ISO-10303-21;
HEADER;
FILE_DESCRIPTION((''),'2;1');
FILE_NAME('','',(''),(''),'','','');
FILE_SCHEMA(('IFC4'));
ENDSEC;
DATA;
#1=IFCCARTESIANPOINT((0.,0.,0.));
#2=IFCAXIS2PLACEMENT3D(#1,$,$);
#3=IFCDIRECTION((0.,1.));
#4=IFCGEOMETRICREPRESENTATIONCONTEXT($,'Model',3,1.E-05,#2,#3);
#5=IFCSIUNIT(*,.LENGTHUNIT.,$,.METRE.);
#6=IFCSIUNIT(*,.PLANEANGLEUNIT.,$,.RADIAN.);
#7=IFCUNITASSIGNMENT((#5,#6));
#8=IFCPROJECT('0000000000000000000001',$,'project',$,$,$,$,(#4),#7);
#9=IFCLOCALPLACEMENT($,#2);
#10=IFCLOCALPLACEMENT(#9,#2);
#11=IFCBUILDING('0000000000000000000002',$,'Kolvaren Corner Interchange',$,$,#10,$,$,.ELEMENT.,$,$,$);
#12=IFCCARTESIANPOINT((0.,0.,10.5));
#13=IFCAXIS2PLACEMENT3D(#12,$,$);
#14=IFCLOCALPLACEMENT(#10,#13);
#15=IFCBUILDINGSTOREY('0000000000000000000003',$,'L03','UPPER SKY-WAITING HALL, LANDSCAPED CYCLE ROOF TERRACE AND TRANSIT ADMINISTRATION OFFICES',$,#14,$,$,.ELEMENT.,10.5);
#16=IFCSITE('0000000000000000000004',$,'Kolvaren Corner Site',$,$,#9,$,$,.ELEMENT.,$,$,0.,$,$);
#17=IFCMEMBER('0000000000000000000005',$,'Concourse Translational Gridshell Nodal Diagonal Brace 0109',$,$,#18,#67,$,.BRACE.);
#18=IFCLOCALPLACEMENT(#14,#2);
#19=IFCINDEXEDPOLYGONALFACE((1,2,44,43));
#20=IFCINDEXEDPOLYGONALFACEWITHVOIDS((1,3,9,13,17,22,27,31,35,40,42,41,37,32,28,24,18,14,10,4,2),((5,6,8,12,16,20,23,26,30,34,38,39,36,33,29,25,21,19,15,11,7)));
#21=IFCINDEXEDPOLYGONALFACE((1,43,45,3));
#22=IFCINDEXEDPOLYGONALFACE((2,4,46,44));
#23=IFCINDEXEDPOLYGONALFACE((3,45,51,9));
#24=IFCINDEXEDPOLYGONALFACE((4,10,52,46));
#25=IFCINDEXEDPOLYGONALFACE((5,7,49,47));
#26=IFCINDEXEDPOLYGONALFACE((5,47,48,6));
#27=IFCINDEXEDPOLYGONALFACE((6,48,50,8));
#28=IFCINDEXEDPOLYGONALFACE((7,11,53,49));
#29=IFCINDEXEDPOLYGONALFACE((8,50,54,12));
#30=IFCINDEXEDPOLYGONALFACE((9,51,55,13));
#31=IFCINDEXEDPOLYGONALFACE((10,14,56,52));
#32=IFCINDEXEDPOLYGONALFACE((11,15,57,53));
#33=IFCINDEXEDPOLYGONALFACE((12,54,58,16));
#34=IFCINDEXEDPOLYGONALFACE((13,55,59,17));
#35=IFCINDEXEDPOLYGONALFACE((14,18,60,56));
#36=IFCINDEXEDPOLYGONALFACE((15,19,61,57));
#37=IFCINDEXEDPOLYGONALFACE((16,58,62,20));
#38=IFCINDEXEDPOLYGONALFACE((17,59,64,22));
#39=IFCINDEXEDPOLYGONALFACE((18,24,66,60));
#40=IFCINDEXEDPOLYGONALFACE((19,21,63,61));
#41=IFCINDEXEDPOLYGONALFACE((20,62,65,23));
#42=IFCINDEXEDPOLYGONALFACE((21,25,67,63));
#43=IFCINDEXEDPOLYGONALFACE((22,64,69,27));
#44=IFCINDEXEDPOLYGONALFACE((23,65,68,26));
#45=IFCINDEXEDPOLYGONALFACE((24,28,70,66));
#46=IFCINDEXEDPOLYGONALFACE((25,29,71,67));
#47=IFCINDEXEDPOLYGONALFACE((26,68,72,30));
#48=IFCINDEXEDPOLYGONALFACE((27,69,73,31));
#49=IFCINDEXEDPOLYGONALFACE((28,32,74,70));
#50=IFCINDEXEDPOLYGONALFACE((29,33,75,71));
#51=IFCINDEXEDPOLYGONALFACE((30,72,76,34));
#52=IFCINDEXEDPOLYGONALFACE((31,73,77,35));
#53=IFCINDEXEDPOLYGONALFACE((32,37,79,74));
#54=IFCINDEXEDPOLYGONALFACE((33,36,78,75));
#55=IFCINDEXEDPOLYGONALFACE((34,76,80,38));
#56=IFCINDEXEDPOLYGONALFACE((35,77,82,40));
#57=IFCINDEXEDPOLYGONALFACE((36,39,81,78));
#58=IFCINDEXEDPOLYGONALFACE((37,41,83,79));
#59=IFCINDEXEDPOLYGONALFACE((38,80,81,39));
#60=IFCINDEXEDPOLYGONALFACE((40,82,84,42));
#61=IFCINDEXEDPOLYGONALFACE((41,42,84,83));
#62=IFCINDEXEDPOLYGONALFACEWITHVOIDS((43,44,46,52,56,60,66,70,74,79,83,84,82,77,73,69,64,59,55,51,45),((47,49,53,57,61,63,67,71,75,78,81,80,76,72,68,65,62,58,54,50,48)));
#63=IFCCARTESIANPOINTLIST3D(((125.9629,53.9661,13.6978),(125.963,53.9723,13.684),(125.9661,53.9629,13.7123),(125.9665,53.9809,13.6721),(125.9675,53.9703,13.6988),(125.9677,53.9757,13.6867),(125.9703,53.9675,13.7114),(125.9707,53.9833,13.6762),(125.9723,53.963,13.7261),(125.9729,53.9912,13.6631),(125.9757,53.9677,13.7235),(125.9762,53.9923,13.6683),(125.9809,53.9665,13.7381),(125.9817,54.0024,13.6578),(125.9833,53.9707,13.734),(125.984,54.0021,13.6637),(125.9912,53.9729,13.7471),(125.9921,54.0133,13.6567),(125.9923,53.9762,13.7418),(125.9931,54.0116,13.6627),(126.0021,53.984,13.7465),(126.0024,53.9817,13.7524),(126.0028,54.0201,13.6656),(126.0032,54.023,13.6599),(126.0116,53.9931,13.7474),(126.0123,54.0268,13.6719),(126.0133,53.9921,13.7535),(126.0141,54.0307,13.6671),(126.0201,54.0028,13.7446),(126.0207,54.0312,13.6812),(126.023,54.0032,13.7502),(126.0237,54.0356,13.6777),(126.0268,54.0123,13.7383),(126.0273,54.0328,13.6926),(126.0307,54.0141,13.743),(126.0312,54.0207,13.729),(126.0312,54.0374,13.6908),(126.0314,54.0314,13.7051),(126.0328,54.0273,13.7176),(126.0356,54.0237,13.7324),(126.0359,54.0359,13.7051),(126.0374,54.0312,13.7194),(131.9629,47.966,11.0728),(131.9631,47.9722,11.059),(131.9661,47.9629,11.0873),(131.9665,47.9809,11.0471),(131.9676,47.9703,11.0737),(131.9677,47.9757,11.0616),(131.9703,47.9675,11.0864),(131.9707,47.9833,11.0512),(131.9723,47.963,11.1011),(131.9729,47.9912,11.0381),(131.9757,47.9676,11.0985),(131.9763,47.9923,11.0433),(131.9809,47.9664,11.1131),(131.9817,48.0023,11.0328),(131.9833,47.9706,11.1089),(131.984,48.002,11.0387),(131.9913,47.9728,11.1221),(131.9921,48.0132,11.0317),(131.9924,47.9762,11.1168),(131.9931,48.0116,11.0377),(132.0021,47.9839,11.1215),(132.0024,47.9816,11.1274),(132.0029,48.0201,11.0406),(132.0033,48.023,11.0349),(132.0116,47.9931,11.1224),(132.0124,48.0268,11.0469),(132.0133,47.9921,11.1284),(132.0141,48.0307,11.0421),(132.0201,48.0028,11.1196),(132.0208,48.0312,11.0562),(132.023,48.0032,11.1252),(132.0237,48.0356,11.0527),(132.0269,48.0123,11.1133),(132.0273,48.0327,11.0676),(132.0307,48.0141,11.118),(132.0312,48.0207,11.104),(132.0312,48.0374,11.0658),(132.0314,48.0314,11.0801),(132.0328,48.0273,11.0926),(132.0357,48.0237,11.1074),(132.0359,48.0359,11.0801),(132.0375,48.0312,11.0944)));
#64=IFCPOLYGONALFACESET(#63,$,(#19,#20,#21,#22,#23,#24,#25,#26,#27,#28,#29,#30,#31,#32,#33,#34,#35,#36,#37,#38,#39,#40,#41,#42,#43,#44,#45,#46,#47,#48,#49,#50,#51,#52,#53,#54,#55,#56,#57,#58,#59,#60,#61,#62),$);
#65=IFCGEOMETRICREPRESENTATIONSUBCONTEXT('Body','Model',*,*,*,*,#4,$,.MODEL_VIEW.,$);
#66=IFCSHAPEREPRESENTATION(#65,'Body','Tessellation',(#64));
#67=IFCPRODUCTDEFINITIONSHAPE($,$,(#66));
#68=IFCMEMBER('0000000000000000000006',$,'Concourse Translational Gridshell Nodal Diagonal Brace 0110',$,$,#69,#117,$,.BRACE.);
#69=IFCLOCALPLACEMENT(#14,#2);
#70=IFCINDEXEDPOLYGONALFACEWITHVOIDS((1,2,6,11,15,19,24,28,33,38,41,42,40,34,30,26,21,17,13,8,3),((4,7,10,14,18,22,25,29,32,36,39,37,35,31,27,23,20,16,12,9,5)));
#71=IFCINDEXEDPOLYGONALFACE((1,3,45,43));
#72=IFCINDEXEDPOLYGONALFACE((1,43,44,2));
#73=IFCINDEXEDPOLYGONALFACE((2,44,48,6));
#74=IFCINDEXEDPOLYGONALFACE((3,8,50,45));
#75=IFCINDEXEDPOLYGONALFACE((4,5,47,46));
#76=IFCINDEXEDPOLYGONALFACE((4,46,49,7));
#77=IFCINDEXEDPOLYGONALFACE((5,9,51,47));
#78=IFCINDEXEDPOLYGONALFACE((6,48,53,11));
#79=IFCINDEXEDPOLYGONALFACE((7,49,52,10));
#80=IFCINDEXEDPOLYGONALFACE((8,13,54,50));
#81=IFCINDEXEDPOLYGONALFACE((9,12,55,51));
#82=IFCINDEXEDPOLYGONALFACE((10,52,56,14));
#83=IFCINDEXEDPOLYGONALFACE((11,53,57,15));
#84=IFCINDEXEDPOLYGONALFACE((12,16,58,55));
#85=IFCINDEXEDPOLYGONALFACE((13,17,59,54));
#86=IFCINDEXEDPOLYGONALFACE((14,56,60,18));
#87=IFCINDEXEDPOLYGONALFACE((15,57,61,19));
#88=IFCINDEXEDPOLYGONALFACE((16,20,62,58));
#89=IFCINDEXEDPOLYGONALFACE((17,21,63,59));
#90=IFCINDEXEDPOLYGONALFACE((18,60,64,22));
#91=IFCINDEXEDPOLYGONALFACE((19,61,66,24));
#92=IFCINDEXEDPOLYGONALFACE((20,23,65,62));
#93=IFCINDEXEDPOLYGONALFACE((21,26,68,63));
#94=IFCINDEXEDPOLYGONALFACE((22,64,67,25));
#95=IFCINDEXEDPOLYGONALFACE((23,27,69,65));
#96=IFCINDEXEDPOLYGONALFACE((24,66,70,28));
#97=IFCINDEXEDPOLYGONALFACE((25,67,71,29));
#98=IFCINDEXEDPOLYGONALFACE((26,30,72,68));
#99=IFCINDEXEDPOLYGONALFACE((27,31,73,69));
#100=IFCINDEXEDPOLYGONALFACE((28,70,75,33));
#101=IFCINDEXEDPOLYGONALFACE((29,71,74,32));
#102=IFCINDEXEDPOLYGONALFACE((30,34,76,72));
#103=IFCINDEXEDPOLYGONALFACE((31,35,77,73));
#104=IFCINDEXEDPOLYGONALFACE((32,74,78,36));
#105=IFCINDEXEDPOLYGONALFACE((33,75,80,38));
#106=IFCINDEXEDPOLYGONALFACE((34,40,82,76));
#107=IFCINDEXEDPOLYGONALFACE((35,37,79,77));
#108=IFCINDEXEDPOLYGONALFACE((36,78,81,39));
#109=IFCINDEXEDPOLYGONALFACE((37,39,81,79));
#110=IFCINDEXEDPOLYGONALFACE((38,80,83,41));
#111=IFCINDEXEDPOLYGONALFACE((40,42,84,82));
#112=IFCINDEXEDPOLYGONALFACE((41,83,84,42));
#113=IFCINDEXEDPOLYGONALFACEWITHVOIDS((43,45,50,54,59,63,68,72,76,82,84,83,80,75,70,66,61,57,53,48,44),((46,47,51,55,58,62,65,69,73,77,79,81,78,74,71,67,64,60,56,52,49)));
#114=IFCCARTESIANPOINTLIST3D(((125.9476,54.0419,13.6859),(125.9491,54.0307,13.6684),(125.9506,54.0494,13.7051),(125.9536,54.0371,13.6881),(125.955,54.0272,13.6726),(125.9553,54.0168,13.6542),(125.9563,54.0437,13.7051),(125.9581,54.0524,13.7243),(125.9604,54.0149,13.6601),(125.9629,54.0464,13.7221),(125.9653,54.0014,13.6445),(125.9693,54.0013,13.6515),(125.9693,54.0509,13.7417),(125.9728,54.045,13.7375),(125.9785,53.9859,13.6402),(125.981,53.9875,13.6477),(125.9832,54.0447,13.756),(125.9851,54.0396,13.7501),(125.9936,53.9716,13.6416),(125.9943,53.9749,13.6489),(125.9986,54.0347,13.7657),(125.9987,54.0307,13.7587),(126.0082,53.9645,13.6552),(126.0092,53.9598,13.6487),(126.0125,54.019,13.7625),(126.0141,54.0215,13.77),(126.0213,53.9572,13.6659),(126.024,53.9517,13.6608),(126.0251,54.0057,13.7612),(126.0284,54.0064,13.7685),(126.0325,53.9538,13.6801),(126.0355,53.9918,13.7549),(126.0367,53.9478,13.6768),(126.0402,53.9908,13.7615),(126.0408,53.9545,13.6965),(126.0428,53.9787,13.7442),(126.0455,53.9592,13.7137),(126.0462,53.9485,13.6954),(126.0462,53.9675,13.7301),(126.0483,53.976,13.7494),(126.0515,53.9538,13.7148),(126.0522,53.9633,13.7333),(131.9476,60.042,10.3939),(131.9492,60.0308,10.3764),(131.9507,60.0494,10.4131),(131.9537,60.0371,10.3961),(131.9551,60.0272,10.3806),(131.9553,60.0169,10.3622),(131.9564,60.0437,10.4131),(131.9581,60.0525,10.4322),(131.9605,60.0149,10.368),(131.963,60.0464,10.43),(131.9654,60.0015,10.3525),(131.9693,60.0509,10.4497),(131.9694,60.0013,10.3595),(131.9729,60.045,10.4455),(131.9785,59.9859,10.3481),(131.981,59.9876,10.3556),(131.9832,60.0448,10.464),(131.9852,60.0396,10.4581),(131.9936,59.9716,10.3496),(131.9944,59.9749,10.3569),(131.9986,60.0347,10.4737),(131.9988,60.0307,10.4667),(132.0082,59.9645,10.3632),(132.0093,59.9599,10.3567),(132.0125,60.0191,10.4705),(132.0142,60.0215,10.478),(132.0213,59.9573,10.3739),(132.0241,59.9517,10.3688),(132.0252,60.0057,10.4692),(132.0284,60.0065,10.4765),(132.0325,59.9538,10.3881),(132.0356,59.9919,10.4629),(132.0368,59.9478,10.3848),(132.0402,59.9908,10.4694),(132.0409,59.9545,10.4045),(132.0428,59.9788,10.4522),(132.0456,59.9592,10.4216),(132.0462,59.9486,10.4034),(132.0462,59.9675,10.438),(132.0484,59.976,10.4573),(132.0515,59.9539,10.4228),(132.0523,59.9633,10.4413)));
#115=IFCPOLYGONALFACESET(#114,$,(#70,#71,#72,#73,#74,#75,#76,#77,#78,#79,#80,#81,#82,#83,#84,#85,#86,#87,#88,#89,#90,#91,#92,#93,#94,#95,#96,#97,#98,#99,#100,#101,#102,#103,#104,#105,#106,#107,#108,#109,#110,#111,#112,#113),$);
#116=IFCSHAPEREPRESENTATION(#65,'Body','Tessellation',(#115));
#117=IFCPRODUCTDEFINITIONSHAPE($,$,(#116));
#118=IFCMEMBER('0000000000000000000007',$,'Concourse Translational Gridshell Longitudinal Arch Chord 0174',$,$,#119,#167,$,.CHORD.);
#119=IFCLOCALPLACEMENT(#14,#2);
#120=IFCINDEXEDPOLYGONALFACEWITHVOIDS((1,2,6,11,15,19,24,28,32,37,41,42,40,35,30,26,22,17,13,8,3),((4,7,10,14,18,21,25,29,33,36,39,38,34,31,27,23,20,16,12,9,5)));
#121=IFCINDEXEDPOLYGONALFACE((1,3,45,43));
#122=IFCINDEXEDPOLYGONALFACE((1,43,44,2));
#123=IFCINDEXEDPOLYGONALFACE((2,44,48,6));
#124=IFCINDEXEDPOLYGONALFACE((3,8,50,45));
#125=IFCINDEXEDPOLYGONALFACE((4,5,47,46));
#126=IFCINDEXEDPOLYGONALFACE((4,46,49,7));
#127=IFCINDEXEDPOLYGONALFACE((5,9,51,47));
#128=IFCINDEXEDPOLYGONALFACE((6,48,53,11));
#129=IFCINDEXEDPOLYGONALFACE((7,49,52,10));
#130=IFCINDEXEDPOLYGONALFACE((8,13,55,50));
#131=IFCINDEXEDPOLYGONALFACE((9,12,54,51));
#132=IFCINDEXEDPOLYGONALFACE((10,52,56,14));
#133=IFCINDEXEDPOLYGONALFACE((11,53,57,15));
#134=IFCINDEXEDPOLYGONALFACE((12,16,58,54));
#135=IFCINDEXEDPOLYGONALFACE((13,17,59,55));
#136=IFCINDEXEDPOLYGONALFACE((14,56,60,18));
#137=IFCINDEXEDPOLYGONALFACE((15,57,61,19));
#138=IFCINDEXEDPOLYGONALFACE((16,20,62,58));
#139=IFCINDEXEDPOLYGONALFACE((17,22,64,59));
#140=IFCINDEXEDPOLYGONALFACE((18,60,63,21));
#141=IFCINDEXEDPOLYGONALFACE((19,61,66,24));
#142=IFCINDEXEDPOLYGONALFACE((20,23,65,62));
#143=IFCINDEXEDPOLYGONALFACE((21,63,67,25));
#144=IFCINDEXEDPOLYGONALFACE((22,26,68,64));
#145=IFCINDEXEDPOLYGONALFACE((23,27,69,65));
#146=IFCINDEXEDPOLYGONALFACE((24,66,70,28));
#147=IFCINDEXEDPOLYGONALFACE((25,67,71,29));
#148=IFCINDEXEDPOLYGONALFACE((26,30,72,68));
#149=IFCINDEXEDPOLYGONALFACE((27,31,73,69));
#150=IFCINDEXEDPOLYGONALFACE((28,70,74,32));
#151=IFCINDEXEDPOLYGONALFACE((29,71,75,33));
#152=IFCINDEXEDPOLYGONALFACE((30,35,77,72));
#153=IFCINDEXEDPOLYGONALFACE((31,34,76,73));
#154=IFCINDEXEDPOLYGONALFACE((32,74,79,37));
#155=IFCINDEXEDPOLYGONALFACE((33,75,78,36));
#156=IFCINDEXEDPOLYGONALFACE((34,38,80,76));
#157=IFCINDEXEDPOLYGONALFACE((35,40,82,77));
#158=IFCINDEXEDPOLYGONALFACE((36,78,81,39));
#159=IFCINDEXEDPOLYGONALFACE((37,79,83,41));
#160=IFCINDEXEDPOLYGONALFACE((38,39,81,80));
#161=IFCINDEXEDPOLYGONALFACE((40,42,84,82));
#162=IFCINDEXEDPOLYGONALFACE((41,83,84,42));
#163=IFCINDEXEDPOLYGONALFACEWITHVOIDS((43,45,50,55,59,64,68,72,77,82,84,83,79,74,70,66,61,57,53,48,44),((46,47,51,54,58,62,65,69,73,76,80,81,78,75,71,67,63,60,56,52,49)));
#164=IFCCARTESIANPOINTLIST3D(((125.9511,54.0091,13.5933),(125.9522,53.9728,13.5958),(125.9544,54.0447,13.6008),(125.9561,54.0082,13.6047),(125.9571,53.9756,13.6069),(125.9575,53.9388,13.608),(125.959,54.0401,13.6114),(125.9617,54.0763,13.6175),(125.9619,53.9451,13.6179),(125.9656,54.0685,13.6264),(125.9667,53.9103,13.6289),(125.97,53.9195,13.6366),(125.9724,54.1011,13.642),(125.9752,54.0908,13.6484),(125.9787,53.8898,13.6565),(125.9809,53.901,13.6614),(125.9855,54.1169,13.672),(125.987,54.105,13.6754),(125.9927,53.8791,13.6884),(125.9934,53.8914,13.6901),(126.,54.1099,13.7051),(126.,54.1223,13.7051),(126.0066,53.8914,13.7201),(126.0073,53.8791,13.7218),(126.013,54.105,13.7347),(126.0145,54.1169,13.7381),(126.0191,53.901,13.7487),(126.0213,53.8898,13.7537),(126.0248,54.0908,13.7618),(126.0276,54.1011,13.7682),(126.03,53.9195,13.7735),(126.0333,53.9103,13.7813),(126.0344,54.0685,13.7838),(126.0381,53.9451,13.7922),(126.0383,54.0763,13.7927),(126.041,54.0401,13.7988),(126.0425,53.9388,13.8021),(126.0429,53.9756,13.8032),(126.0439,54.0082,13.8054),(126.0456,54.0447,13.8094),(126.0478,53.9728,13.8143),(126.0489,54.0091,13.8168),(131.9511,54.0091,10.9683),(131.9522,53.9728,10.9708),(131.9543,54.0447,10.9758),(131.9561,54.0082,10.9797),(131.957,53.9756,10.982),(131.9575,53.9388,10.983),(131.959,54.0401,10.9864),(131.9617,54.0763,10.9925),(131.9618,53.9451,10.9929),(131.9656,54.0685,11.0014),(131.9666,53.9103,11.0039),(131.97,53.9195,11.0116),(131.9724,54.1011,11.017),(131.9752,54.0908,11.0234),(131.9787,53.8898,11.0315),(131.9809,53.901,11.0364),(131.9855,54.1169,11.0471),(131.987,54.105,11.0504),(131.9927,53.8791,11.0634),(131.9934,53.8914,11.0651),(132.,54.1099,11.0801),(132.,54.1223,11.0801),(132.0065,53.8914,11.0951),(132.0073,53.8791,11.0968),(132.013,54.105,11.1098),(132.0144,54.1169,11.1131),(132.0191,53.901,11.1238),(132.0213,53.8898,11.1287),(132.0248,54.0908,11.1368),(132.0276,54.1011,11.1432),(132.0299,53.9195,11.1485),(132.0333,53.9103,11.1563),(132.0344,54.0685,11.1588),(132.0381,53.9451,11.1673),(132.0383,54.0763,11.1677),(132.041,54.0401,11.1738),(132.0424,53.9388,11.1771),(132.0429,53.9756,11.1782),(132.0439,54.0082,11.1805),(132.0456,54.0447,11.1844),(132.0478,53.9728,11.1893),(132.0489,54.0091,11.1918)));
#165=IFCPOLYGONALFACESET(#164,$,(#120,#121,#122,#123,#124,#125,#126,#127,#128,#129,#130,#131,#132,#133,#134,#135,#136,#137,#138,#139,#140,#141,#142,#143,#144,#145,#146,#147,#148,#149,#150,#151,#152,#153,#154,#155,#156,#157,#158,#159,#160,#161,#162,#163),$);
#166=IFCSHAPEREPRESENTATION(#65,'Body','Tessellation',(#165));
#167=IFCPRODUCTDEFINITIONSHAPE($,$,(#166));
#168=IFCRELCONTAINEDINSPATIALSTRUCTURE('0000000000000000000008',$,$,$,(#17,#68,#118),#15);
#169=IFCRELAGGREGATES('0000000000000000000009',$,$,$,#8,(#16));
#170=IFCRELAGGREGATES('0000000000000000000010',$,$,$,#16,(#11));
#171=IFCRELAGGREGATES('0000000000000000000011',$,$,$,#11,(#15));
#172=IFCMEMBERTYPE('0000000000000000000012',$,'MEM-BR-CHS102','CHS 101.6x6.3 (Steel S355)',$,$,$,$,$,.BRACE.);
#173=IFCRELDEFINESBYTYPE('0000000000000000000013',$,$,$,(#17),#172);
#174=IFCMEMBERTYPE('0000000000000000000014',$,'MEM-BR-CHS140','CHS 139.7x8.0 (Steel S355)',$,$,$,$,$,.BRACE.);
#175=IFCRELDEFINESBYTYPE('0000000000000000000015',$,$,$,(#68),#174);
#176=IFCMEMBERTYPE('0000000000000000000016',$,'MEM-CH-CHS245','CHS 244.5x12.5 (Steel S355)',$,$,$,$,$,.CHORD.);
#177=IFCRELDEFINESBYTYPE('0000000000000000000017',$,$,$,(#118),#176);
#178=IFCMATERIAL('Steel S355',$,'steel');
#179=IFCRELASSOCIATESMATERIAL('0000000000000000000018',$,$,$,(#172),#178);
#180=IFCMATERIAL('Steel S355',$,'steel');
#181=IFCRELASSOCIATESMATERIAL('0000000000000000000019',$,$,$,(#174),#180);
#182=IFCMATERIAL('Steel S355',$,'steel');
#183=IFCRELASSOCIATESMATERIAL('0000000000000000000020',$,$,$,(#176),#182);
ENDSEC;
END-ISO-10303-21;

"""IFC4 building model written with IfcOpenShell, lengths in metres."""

from ifc_helpers import new_model, si_unit, direction, frame, origin, origin_2d, place, context, subcontext, project, spatial, hollow_circle, extrude, material, material_profile, profile_set, type_object, element, save


model = new_model("IFC4")

# Units and contexts
model_context = context("Model", 3, precision=1e-05, world=origin(), true_north=direction((0.0, 1.0)))
body_context = subcontext(model_context, "Body", "Model", "MODEL_VIEW")
ifc_project = project(units=[si_unit("LENGTHUNIT", "METRE"), si_unit("PLANEANGLEUNIT", "RADIAN")], contexts=[model_context])

# Site, building, storey
site_placement = place(None, origin())
site = spatial("IfcSite", under=ifc_project, at=site_placement, Name="Kolvaren Corner Site", CompositionType="ELEMENT", RefElevation=0.0)
building_placement = place(site_placement, origin())
building = spatial("IfcBuilding", under=site, at=building_placement, Name="Kolvaren Corner Interchange", CompositionType="ELEMENT")
storey_placement = place(building_placement, frame((0.0, 0.0, 10.5)))
storey = spatial("IfcBuildingStorey", under=building, at=storey_placement, Name="L03", Description="UPPER SKY-WAITING HALL, LANDSCAPED CYCLE ROOF TERRACE AND TRANSIT ADMINISTRATION OFFICES", CompositionType="ELEMENT", Elevation=10.5)

# Members
ifc_material_1 = material(Name="Steel S355", Category="steel")
ifc_material_profile_1 = material_profile(ifc_material_1, hollow_circle(Radius=0.0508, WallThickness=0.0063, at=origin_2d()), Name="CHS 101.6x6.3")
ifc_profile_set_1 = profile_set([ifc_material_profile_1], Name="Steel S355")
member_type_1 = type_object("IfcMemberType", Name="MEM-BR-CHS102", Description="CHS 101.6x6.3 (Steel S355)", PredefinedType="BRACE", material=ifc_profile_set_1)
member_1_placement = place(storey_placement, frame((126.0, 54.0, 13.7051), z_axis=(0.675521, -0.675521, -0.29554), x_axis=(0.707107, 0.707107, 0.0)))
element("IfcMember", 1, at=member_1_placement, inside=storey, type_object=member_type_1, Name="Concourse Translational Gridshell Nodal Diagonal Brace 0109", PredefinedType="BRACE", context=body_context, shape_type="SweptSolid", body=[
    extrude(hollow_circle(Radius=0.0508, WallThickness=0.0063, at=origin_2d()), origin(), (0.0, 0.0, 1.0), 8.8821),
])
ifc_material_2 = material(Name="Steel S355", Category="steel")
ifc_material_profile_2 = material_profile(ifc_material_2, hollow_circle(Radius=0.0698, WallThickness=0.0081, at=origin_2d()), Name="CHS 139.7x8.0")
ifc_profile_set_2 = profile_set([ifc_material_profile_2], Name="Steel S355")
member_type_2 = type_object("IfcMemberType", Name="MEM-BR-CHS140", Description="CHS 139.7x8.0 (Steel S355)", PredefinedType="BRACE", material=ifc_profile_set_2)
member_2_placement = place(storey_placement, frame((126.0, 54.0, 13.7051), z_axis=(0.659232, 0.659232, -0.361698), x_axis=(-0.707107, 0.707107, 0.0)))
element("IfcMember", 2, at=member_2_placement, inside=storey, type_object=member_type_2, Name="Concourse Translational Gridshell Nodal Diagonal Brace 0110", PredefinedType="BRACE", context=body_context, shape_type="SweptSolid", body=[
    extrude(hollow_circle(Radius=0.0698, WallThickness=0.0081, at=origin_2d()), origin(), (0.0, 0.0, 1.0), 9.1016),
])
ifc_material_3 = material(Name="Steel S355", Category="steel")
ifc_material_profile_3 = material_profile(ifc_material_3, hollow_circle(Radius=0.1223, WallThickness=0.0125, at=origin_2d()), Name="CHS 244.5x12.5")
ifc_profile_set_3 = profile_set([ifc_material_profile_3], Name="Steel S355")
member_type_3 = type_object("IfcMemberType", Name="MEM-CH-CHS245", Description="CHS 244.5x12.5 (Steel S355)", PredefinedType="CHORD", material=ifc_profile_set_3)
member_3_placement = place(storey_placement, frame((126.0, 54.0, 13.7051), z_axis=(0.916157, 0.0, -0.400819), x_axis=(0.0, 1.0, 0.0)))
element("IfcMember", 3, at=member_3_placement, inside=storey, type_object=member_type_3, Name="Concourse Translational Gridshell Longitudinal Arch Chord 0174", PredefinedType="CHORD", context=body_context, shape_type="SweptSolid", body=[
    extrude(hollow_circle(Radius=0.1223, WallThickness=0.0125, at=origin_2d()), origin(), (0.0, 0.0, 1.0), 6.5491),
])

save(model, "model.ifc")
